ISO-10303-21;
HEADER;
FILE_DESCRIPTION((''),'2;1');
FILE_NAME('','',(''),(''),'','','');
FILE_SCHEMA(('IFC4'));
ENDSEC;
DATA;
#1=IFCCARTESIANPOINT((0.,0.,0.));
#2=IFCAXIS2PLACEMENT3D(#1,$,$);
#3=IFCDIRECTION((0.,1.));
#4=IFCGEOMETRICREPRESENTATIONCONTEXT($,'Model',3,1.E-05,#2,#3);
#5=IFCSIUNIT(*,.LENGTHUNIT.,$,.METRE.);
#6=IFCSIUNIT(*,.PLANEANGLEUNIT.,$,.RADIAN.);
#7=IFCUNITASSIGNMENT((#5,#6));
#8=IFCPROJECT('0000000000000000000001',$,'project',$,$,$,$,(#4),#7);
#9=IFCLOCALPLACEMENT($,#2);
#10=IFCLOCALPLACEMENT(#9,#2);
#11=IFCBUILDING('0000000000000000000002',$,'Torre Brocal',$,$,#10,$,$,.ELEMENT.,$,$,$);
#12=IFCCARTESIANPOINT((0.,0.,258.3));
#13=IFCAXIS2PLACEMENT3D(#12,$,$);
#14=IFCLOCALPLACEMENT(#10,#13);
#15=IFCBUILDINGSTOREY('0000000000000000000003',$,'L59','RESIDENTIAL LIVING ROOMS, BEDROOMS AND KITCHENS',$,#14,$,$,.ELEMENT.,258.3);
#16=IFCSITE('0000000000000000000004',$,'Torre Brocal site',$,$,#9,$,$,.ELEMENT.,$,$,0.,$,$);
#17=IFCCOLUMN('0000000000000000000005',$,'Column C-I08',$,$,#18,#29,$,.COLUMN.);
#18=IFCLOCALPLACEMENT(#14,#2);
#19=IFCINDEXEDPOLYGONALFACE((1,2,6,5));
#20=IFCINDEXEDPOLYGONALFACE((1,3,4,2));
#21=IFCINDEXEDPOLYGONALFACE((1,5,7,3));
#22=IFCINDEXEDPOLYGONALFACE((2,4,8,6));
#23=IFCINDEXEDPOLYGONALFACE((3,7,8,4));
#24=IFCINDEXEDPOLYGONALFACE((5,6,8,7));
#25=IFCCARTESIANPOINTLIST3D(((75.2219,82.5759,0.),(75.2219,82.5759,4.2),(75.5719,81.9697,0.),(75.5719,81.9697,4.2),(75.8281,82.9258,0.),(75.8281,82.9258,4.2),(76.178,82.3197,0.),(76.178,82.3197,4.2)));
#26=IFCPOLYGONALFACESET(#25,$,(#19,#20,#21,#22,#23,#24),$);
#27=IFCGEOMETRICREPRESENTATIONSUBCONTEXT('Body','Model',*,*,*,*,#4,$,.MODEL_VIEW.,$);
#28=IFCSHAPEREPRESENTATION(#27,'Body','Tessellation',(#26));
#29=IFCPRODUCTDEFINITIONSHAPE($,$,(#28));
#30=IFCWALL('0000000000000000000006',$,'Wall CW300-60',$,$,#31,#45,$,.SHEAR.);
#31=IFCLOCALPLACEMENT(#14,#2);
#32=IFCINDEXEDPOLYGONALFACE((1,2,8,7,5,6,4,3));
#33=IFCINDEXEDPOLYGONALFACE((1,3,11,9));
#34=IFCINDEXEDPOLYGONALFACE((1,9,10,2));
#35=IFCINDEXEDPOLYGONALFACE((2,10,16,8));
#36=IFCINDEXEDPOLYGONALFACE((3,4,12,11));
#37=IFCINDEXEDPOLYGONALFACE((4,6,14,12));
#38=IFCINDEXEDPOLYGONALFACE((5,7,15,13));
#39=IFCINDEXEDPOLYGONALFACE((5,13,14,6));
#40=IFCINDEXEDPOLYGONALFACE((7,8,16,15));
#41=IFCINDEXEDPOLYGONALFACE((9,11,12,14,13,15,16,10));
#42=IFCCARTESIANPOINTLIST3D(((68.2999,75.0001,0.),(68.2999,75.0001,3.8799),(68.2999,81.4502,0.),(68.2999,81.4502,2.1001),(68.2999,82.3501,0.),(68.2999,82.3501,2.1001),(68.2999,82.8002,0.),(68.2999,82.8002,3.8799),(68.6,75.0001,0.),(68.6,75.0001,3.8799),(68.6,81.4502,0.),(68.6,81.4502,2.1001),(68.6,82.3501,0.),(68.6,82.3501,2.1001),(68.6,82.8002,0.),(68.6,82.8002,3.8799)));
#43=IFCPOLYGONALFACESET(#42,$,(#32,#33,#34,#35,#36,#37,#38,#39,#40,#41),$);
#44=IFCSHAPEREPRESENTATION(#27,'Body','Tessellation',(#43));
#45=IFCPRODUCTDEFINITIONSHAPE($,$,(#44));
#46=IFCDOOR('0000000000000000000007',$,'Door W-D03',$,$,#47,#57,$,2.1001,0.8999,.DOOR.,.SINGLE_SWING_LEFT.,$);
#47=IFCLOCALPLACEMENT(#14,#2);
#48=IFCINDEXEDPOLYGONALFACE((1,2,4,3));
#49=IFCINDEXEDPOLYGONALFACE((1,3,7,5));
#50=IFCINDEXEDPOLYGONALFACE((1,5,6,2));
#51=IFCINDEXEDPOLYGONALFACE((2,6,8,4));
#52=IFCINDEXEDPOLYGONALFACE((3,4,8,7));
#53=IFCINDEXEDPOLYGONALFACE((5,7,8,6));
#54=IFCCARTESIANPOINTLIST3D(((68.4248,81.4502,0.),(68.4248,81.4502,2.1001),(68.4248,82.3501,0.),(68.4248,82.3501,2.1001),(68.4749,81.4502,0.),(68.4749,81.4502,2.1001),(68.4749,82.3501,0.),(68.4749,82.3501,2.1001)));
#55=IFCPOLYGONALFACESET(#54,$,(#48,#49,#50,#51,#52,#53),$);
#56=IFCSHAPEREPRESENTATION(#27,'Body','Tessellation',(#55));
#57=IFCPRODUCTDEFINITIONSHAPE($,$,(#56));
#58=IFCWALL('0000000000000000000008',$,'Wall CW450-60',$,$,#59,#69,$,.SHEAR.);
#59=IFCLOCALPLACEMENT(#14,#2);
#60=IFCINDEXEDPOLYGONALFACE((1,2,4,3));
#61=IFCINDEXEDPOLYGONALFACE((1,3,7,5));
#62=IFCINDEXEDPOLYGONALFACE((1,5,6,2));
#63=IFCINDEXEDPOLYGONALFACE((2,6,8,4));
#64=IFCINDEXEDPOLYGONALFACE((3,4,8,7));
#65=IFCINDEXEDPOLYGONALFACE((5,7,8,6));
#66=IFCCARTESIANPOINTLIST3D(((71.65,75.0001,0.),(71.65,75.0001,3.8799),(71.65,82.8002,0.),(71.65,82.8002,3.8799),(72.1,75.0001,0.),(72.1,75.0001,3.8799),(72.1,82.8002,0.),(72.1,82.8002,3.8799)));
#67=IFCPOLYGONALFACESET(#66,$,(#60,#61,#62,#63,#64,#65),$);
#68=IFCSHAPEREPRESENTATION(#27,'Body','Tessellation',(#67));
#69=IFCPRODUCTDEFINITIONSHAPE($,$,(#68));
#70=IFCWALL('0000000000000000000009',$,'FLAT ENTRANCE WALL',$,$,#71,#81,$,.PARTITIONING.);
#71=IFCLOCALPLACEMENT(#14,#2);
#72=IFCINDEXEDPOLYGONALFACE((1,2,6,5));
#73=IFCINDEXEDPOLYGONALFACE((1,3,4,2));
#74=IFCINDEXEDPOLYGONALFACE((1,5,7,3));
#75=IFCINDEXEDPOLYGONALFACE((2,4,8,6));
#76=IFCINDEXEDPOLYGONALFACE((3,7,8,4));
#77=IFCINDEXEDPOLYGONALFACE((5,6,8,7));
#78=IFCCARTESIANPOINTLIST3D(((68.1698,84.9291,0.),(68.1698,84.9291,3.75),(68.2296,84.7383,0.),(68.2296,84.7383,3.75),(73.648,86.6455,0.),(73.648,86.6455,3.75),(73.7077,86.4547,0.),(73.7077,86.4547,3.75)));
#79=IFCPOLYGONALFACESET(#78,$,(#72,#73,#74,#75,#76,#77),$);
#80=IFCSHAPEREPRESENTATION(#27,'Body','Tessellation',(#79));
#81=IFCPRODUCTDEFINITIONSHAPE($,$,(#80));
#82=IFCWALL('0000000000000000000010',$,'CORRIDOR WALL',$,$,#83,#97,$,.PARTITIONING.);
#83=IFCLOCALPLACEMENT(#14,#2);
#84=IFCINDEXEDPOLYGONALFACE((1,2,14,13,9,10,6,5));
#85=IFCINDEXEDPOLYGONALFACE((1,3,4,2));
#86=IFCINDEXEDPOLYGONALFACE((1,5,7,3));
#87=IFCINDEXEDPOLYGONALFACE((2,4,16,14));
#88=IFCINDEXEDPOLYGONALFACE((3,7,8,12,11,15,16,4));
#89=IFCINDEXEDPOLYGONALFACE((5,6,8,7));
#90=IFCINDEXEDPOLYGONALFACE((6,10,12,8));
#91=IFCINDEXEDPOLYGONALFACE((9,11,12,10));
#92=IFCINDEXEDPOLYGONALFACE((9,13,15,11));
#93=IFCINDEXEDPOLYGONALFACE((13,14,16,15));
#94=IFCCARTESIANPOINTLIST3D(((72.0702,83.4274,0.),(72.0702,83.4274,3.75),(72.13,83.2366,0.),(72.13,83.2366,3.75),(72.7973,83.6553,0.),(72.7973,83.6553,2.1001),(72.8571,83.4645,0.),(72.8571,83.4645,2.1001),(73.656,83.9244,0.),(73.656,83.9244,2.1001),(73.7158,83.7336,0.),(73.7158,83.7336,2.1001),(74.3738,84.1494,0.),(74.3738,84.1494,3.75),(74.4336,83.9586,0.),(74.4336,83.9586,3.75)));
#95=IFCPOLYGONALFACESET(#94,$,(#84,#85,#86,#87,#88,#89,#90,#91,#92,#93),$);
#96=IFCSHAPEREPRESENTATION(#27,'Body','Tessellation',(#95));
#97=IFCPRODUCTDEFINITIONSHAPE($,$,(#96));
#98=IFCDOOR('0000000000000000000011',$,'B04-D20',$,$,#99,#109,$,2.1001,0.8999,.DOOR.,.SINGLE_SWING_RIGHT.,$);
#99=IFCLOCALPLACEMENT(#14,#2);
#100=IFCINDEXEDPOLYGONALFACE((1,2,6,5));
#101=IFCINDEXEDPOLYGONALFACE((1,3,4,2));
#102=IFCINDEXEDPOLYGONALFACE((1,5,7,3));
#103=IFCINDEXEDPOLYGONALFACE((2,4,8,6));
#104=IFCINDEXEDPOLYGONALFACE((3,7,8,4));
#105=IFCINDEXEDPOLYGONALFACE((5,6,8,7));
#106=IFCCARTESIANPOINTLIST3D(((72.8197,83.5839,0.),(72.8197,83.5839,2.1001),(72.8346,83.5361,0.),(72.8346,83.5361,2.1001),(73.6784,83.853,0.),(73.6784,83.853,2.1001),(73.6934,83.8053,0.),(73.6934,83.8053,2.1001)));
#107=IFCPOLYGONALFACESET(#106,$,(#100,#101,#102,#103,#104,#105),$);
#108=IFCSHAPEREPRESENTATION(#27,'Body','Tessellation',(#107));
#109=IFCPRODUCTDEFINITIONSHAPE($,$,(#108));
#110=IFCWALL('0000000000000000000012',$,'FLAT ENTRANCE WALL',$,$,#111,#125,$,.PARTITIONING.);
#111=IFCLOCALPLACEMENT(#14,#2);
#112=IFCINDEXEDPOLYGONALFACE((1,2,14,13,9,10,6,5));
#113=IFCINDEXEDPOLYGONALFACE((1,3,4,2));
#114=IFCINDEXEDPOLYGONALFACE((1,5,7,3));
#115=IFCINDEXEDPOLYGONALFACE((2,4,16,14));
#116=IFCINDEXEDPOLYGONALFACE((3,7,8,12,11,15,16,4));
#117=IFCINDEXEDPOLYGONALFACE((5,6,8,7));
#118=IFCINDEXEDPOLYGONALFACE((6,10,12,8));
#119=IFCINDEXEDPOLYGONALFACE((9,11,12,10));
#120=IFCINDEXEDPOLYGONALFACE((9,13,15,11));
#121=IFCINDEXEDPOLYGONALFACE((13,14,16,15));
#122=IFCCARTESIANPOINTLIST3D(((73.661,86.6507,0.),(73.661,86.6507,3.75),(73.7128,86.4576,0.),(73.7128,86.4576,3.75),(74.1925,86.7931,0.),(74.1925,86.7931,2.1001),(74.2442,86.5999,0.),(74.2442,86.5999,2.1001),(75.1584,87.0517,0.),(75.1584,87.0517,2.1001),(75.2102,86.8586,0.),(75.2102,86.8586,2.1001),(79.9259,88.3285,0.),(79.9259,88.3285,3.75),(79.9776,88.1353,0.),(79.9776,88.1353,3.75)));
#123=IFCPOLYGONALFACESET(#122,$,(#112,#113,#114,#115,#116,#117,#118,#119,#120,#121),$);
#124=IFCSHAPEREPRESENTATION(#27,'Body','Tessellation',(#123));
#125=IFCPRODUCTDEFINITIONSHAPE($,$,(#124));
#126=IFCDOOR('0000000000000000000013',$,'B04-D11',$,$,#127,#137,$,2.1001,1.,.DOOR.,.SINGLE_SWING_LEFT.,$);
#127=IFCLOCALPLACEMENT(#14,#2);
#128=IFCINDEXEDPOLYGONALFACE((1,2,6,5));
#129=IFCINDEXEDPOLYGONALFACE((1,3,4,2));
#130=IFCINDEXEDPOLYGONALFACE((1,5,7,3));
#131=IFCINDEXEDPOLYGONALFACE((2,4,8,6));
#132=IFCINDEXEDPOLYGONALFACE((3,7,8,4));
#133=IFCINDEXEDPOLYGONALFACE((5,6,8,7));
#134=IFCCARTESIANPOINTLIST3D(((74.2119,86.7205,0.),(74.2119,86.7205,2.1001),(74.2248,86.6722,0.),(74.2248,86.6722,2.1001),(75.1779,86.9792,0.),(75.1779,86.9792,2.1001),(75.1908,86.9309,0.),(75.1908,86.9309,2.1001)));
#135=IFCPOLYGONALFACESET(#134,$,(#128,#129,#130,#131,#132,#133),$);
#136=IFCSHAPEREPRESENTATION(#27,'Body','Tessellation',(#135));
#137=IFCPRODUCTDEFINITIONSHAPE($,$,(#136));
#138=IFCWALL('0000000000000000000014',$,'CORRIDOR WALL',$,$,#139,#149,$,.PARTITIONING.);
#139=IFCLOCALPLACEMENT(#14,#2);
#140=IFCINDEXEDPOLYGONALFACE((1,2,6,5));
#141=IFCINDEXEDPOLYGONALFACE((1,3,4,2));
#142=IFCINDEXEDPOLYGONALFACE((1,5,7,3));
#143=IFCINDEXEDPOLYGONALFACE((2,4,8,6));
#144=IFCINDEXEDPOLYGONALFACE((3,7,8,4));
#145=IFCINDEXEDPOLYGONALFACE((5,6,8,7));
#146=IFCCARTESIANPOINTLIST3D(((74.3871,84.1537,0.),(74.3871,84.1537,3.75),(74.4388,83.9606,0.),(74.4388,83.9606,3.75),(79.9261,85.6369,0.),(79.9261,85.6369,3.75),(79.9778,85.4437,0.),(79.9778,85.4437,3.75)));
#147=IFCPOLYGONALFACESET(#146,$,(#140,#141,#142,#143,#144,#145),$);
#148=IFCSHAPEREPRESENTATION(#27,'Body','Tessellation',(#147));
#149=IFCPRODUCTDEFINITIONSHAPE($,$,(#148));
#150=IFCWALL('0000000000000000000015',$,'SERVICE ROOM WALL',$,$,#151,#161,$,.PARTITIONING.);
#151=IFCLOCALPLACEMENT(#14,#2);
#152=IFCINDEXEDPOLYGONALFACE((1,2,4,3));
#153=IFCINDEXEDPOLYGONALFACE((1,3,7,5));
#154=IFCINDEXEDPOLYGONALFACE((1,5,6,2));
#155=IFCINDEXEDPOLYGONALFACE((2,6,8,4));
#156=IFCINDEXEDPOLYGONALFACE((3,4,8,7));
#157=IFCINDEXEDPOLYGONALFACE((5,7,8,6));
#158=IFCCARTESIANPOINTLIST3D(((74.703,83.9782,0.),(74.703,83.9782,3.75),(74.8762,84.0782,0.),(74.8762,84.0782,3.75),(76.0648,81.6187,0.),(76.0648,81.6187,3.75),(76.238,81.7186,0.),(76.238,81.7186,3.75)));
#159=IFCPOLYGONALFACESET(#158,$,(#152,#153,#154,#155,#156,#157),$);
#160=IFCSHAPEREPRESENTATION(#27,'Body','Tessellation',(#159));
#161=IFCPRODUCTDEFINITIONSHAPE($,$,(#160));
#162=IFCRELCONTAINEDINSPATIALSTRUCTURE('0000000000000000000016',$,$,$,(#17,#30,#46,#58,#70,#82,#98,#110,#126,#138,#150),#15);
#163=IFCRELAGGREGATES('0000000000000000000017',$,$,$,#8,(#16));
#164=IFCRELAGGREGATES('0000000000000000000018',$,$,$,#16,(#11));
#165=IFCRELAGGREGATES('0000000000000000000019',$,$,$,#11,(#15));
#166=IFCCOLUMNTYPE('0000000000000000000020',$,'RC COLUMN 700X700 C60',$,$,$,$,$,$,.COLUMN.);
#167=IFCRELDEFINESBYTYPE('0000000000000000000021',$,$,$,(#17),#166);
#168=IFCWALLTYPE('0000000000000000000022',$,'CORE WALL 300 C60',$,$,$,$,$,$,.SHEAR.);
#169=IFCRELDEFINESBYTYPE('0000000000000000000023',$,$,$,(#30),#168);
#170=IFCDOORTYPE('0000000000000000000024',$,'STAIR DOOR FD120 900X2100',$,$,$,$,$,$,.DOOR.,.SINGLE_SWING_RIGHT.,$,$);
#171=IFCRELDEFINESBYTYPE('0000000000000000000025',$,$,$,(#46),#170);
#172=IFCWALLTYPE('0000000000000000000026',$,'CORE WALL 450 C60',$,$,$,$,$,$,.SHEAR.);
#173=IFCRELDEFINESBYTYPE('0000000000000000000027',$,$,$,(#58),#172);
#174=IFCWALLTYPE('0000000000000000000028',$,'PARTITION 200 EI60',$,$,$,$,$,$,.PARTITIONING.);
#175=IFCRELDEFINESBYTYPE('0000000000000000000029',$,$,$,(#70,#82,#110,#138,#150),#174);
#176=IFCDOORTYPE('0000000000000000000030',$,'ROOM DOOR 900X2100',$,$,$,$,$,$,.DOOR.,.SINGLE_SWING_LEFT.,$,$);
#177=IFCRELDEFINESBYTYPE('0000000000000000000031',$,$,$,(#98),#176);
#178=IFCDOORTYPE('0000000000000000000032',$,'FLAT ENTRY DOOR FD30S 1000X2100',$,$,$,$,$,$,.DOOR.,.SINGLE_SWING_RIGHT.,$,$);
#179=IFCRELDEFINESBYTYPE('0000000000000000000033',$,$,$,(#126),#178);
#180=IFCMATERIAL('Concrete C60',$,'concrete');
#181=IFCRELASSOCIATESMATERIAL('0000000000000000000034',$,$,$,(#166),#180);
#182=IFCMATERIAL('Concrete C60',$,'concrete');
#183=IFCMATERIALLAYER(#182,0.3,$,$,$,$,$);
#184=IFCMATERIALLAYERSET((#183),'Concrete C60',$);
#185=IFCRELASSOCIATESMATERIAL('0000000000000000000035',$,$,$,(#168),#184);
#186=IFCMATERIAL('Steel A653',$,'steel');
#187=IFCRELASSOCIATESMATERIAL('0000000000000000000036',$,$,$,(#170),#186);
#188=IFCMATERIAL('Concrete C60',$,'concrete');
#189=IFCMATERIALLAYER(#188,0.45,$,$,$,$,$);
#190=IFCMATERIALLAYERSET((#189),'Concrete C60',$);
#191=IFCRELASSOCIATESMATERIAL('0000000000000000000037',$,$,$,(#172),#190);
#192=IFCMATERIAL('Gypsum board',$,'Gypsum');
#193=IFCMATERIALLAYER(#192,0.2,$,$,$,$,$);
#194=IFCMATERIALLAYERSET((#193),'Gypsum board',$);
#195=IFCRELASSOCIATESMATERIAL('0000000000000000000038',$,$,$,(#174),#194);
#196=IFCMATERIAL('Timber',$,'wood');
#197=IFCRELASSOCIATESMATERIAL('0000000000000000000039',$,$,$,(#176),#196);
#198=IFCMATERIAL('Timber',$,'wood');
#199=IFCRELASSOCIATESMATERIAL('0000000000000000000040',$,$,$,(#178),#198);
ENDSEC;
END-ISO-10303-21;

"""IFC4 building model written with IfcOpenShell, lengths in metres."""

from ifc_helpers import new_model, si_unit, direction, frame, frame_2d, origin, origin_2d, place, context, subcontext, project, spatial, rectangle, extrude, material, layer, layer_set, material_profile, profile_set, type_object, element, fill, save


model = new_model("IFC4")

# Units and contexts
model_context = context("Model", 3, precision=1e-05, world=origin(), true_north=direction((0.0, 1.0)))
body_context = subcontext(model_context, "Body", "Model", "MODEL_VIEW")
ifc_project = project(units=[si_unit("LENGTHUNIT", "METRE"), si_unit("PLANEANGLEUNIT", "RADIAN")], contexts=[model_context])

# Site, building, storey
site_placement = place(None, origin())
site = spatial("IfcSite", under=ifc_project, at=site_placement, Name="Torre Brocal site", CompositionType="ELEMENT", RefElevation=0.0)
building_placement = place(site_placement, origin())
building = spatial("IfcBuilding", under=site, at=building_placement, Name="Torre Brocal", CompositionType="ELEMENT")
storey_placement = place(building_placement, frame((0.0, 0.0, 258.3)))
storey = spatial("IfcBuildingStorey", under=building, at=storey_placement, Name="L59", Description="RESIDENTIAL LIVING ROOMS, BEDROOMS AND KITCHENS", CompositionType="ELEMENT", Elevation=258.3)

# Column
ifc_material_1 = material(Name="Concrete C60", Category="concrete")
ifc_material_profile = material_profile(ifc_material_1, rectangle(XDim=0.7, YDim=0.7, at=origin_2d()), Name="RC 700X700")
ifc_profile_set = profile_set([ifc_material_profile], Name="Concrete C60")
column_type = type_object("IfcColumnType", Name="RC COLUMN 700X700 C60", PredefinedType="COLUMN", material=ifc_profile_set)
column_placement = place(storey_placement, frame((75.7, 82.4478, 0.0), z_axis=(0.0, 0.0, 1.0), x_axis=(-0.5, 0.866025, 0.0)))
element("IfcColumn", 1, at=column_placement, inside=storey, type_object=column_type, Name="Column C-I08", PredefinedType="COLUMN", context=body_context, shape_type="SweptSolid", body=[
    extrude(rectangle(XDim=0.7, YDim=0.7, at=origin_2d()), origin(), (0.0, 0.0, 1.0), 4.2),
])

# Wall, opening, door
ifc_material_2 = material(Name="Concrete C60", Category="concrete")
ifc_layer_1 = layer(ifc_material_2, 0.3)
ifc_layer_set_1 = layer_set([ifc_layer_1], Name="Concrete C60")
wall_type_1 = type_object("IfcWallType", Name="CORE WALL 300 C60", PredefinedType="SHEAR", material=ifc_layer_set_1)
wall_1_placement = place(storey_placement, frame((68.45, 82.8, 0.0), z_axis=(0.0, 0.0, 1.0), x_axis=(0.0, -1.0, 0.0)))
wall_1 = element("IfcWall", 2, at=wall_1_placement, inside=storey, type_object=wall_type_1, Name="Wall CW300-60", PredefinedType="SHEAR", context=body_context, shape_type="SweptSolid", body=[
    extrude(rectangle(XDim=7.8, YDim=0.3, at=frame_2d((3.8999, 0.0))), origin(), (0.0, 0.0, 1.0), 3.8799),
])
opening_1_placement = place(wall_1_placement, frame((0.45, 0.0, 0.0)))
opening_1 = element("IfcOpeningElement", 3, at=opening_1_placement, cuts=wall_1, PredefinedType="OPENING", context=body_context, shape_type="SweptSolid", body=[
    extrude(rectangle(XDim=0.8999, YDim=2.1001, at=frame_2d((0.45, 1.05))), frame((0.0, 0.1599, 0.0), z_axis=(0.0, -1.0, 0.0), x_axis=(1.0, 0.0, 0.0)), (0.0, 0.0, 1.0), 0.3201),
])
ifc_material_3 = material(Name="Steel A653", Category="steel")
door_type_1 = type_object("IfcDoorType", Name="STAIR DOOR FD120 900X2100", OperationType="SINGLE_SWING_RIGHT", PredefinedType="DOOR", material=ifc_material_3)
door_1_placement = place(opening_1_placement, origin())
door_1 = element("IfcDoor", 4, at=door_1_placement, inside=storey, type_object=door_type_1, Name="Door W-D03", OperationType="SINGLE_SWING_LEFT", OverallHeight=2.1001, OverallWidth=0.8999, PredefinedType="DOOR", context=body_context, shape_type="SweptSolid", body=[
    extrude(rectangle(XDim=0.8999, YDim=2.1001, at=frame_2d((0.45, 1.05))), frame((0.0, 0.0249, 0.0), z_axis=(0.0, -1.0, 0.0), x_axis=(1.0, 0.0, 0.0)), (0.0, 0.0, 1.0), 0.05),
])
fill(opening_1, door_1)

# Wall
ifc_material_4 = material(Name="Concrete C60", Category="concrete")
ifc_layer_2 = layer(ifc_material_4, 0.45)
ifc_layer_set_2 = layer_set([ifc_layer_2], Name="Concrete C60")
wall_type_2 = type_object("IfcWallType", Name="CORE WALL 450 C60", PredefinedType="SHEAR", material=ifc_layer_set_2)
wall_2_placement = place(storey_placement, frame((71.875, 82.8, 0.0), z_axis=(0.0, 0.0, 1.0), x_axis=(0.0, -1.0, 0.0)))
element("IfcWall", 5, at=wall_2_placement, inside=storey, type_object=wall_type_2, Name="Wall CW450-60", PredefinedType="SHEAR", context=body_context, shape_type="SweptSolid", body=[
    extrude(rectangle(XDim=7.8, YDim=0.45, at=frame_2d((3.8999, 0.0))), origin(), (0.0, 0.0, 1.0), 3.8799),
])

# Wall
ifc_material_5 = material(Name="Gypsum board", Category="Gypsum")
ifc_layer_3 = layer(ifc_material_5, 0.2)
ifc_layer_set_3 = layer_set([ifc_layer_3], Name="Gypsum board")
wall_type_3 = type_object("IfcWallType", Name="PARTITION 200 EI60", PredefinedType="PARTITIONING", material=ifc_layer_set_3)
wall_3_placement = place(storey_placement, frame((68.1997, 84.8337, 0.0), z_axis=(0.0, 0.0, 1.0), x_axis=(0.95426, 0.298977, 0.0)))
element("IfcWall", 6, at=wall_3_placement, inside=storey, type_object=wall_type_3, Name="FLAT ENTRANCE WALL", PredefinedType="PARTITIONING", context=body_context, shape_type="SweptSolid", body=[
    extrude(rectangle(XDim=5.7407, YDim=0.2, at=frame_2d((2.8704, 0.0))), origin(), (0.0, 0.0, 1.0), 3.75),
])

# Walls, openings, doors
wall_4_placement = place(storey_placement, frame((72.1001, 83.332, 0.0), z_axis=(0.0, 0.0, 1.0), x_axis=(0.954233, 0.299064, 0.0)))
wall_4 = element("IfcWall", 7, at=wall_4_placement, inside=storey, type_object=wall_type_3, Name="CORRIDOR WALL", PredefinedType="PARTITIONING", context=body_context, shape_type="SweptSolid", body=[
    extrude(rectangle(XDim=2.4141, YDim=0.2, at=frame_2d((1.207, 0.0))), origin(), (0.0, 0.0, 1.0), 3.75),
])
opening_2_placement = place(wall_4_placement, frame((0.762, 0.0, 0.0)))
opening_2 = element("IfcOpeningElement", 8, at=opening_2_placement, cuts=wall_4, PredefinedType="OPENING", context=body_context, shape_type="SweptSolid", body=[
    extrude(rectangle(XDim=0.8999, YDim=2.1001, at=frame_2d((0.45, 1.05))), frame((0.0, 0.1099, 0.0), z_axis=(0.0, -1.0, 0.0), x_axis=(1.0, 0.0, 0.0)), (0.0, 0.0, 1.0), 0.22),
])
ifc_material_6 = material(Name="Timber", Category="wood")
door_type_2 = type_object("IfcDoorType", Name="ROOM DOOR 900X2100", OperationType="SINGLE_SWING_LEFT", PredefinedType="DOOR", material=ifc_material_6)
door_2_placement = place(opening_2_placement, frame((0.8999, 0.0, 0.0), z_axis=(0.0, 0.0, 1.0), x_axis=(-1.0, 0.0, 0.0)))
door_2 = element("IfcDoor", 9, at=door_2_placement, inside=storey, type_object=door_type_2, Name="B04-D20", OperationType="SINGLE_SWING_RIGHT", OverallHeight=2.1001, OverallWidth=0.8999, PredefinedType="DOOR", context=body_context, shape_type="SweptSolid", body=[
    extrude(rectangle(XDim=0.8999, YDim=2.1001, at=frame_2d((0.45, 1.05))), frame((0.0, 0.0249, 0.0), z_axis=(0.0, -1.0, 0.0), x_axis=(1.0, 0.0, 0.0)), (0.0, 0.0, 1.0), 0.05),
])
fill(opening_2, door_2)
wall_5_placement = place(storey_placement, frame((73.687, 86.5542, 0.0), z_axis=(0.0, 0.0, 1.0), x_axis=(0.965962, 0.258684, 0.0)))
wall_5 = element("IfcWall", 10, at=wall_5_placement, inside=storey, type_object=wall_type_3, Name="FLAT ENTRANCE WALL", PredefinedType="PARTITIONING", context=body_context, shape_type="SweptSolid", body=[
    extrude(rectangle(XDim=6.4856, YDim=0.2, at=frame_2d((3.2427, 0.0))), origin(), (0.0, 0.0, 1.0), 3.75),
])
opening_3_placement = place(wall_5_placement, frame((0.55, 0.0, 0.0)))
opening_3 = element("IfcOpeningElement", 11, at=opening_3_placement, cuts=wall_5, PredefinedType="OPENING", context=body_context, shape_type="SweptSolid", body=[
    extrude(rectangle(XDim=1.0, YDim=2.1001, at=frame_2d((0.5, 1.05))), frame((0.0, 0.1099, 0.0), z_axis=(0.0, -1.0, 0.0), x_axis=(1.0, 0.0, 0.0)), (0.0, 0.0, 1.0), 0.22),
])
ifc_material_7 = material(Name="Timber", Category="wood")
door_type_3 = type_object("IfcDoorType", Name="FLAT ENTRY DOOR FD30S 1000X2100", OperationType="SINGLE_SWING_RIGHT", PredefinedType="DOOR", material=ifc_material_7)
door_3_placement = place(opening_3_placement, origin())
door_3 = element("IfcDoor", 12, at=door_3_placement, inside=storey, type_object=door_type_3, Name="B04-D11", OperationType="SINGLE_SWING_LEFT", OverallHeight=2.1001, OverallWidth=1.0, PredefinedType="DOOR", context=body_context, shape_type="SweptSolid", body=[
    extrude(rectangle(XDim=1.0, YDim=2.1001, at=frame_2d((0.5, 1.05))), frame((0.0, 0.0249, 0.0), z_axis=(0.0, -1.0, 0.0), x_axis=(1.0, 0.0, 0.0)), (0.0, 0.0, 1.0), 0.05),
])
fill(opening_3, door_3)

# Walls
wall_6_placement = place(storey_placement, frame((74.4128, 84.0571, 0.0), z_axis=(0.0, 0.0, 1.0), x_axis=(0.965971, 0.258651, 0.0)))
element("IfcWall", 13, at=wall_6_placement, inside=storey, type_object=wall_type_3, Name="CORRIDOR WALL", PredefinedType="PARTITIONING", context=body_context, shape_type="SweptSolid", body=[
    extrude(rectangle(XDim=5.7341, YDim=0.2, at=frame_2d((2.8672, 0.0))), origin(), (0.0, 0.0, 1.0), 3.75),
])
wall_7_placement = place(storey_placement, frame((74.7896, 84.0283, 0.0), z_axis=(0.0, 0.0, 1.0), x_axis=(0.49986, -0.866107, 0.0)))
element("IfcWall", 14, at=wall_7_placement, inside=storey, type_object=wall_type_3, Name="SERVICE ROOM WALL", PredefinedType="PARTITIONING", context=body_context, shape_type="SweptSolid", body=[
    extrude(rectangle(XDim=2.7244, YDim=0.2, at=frame_2d((1.3623, 0.0))), origin(), (0.0, 0.0, 1.0), 3.75),
])

save(model, "model.ifc")
